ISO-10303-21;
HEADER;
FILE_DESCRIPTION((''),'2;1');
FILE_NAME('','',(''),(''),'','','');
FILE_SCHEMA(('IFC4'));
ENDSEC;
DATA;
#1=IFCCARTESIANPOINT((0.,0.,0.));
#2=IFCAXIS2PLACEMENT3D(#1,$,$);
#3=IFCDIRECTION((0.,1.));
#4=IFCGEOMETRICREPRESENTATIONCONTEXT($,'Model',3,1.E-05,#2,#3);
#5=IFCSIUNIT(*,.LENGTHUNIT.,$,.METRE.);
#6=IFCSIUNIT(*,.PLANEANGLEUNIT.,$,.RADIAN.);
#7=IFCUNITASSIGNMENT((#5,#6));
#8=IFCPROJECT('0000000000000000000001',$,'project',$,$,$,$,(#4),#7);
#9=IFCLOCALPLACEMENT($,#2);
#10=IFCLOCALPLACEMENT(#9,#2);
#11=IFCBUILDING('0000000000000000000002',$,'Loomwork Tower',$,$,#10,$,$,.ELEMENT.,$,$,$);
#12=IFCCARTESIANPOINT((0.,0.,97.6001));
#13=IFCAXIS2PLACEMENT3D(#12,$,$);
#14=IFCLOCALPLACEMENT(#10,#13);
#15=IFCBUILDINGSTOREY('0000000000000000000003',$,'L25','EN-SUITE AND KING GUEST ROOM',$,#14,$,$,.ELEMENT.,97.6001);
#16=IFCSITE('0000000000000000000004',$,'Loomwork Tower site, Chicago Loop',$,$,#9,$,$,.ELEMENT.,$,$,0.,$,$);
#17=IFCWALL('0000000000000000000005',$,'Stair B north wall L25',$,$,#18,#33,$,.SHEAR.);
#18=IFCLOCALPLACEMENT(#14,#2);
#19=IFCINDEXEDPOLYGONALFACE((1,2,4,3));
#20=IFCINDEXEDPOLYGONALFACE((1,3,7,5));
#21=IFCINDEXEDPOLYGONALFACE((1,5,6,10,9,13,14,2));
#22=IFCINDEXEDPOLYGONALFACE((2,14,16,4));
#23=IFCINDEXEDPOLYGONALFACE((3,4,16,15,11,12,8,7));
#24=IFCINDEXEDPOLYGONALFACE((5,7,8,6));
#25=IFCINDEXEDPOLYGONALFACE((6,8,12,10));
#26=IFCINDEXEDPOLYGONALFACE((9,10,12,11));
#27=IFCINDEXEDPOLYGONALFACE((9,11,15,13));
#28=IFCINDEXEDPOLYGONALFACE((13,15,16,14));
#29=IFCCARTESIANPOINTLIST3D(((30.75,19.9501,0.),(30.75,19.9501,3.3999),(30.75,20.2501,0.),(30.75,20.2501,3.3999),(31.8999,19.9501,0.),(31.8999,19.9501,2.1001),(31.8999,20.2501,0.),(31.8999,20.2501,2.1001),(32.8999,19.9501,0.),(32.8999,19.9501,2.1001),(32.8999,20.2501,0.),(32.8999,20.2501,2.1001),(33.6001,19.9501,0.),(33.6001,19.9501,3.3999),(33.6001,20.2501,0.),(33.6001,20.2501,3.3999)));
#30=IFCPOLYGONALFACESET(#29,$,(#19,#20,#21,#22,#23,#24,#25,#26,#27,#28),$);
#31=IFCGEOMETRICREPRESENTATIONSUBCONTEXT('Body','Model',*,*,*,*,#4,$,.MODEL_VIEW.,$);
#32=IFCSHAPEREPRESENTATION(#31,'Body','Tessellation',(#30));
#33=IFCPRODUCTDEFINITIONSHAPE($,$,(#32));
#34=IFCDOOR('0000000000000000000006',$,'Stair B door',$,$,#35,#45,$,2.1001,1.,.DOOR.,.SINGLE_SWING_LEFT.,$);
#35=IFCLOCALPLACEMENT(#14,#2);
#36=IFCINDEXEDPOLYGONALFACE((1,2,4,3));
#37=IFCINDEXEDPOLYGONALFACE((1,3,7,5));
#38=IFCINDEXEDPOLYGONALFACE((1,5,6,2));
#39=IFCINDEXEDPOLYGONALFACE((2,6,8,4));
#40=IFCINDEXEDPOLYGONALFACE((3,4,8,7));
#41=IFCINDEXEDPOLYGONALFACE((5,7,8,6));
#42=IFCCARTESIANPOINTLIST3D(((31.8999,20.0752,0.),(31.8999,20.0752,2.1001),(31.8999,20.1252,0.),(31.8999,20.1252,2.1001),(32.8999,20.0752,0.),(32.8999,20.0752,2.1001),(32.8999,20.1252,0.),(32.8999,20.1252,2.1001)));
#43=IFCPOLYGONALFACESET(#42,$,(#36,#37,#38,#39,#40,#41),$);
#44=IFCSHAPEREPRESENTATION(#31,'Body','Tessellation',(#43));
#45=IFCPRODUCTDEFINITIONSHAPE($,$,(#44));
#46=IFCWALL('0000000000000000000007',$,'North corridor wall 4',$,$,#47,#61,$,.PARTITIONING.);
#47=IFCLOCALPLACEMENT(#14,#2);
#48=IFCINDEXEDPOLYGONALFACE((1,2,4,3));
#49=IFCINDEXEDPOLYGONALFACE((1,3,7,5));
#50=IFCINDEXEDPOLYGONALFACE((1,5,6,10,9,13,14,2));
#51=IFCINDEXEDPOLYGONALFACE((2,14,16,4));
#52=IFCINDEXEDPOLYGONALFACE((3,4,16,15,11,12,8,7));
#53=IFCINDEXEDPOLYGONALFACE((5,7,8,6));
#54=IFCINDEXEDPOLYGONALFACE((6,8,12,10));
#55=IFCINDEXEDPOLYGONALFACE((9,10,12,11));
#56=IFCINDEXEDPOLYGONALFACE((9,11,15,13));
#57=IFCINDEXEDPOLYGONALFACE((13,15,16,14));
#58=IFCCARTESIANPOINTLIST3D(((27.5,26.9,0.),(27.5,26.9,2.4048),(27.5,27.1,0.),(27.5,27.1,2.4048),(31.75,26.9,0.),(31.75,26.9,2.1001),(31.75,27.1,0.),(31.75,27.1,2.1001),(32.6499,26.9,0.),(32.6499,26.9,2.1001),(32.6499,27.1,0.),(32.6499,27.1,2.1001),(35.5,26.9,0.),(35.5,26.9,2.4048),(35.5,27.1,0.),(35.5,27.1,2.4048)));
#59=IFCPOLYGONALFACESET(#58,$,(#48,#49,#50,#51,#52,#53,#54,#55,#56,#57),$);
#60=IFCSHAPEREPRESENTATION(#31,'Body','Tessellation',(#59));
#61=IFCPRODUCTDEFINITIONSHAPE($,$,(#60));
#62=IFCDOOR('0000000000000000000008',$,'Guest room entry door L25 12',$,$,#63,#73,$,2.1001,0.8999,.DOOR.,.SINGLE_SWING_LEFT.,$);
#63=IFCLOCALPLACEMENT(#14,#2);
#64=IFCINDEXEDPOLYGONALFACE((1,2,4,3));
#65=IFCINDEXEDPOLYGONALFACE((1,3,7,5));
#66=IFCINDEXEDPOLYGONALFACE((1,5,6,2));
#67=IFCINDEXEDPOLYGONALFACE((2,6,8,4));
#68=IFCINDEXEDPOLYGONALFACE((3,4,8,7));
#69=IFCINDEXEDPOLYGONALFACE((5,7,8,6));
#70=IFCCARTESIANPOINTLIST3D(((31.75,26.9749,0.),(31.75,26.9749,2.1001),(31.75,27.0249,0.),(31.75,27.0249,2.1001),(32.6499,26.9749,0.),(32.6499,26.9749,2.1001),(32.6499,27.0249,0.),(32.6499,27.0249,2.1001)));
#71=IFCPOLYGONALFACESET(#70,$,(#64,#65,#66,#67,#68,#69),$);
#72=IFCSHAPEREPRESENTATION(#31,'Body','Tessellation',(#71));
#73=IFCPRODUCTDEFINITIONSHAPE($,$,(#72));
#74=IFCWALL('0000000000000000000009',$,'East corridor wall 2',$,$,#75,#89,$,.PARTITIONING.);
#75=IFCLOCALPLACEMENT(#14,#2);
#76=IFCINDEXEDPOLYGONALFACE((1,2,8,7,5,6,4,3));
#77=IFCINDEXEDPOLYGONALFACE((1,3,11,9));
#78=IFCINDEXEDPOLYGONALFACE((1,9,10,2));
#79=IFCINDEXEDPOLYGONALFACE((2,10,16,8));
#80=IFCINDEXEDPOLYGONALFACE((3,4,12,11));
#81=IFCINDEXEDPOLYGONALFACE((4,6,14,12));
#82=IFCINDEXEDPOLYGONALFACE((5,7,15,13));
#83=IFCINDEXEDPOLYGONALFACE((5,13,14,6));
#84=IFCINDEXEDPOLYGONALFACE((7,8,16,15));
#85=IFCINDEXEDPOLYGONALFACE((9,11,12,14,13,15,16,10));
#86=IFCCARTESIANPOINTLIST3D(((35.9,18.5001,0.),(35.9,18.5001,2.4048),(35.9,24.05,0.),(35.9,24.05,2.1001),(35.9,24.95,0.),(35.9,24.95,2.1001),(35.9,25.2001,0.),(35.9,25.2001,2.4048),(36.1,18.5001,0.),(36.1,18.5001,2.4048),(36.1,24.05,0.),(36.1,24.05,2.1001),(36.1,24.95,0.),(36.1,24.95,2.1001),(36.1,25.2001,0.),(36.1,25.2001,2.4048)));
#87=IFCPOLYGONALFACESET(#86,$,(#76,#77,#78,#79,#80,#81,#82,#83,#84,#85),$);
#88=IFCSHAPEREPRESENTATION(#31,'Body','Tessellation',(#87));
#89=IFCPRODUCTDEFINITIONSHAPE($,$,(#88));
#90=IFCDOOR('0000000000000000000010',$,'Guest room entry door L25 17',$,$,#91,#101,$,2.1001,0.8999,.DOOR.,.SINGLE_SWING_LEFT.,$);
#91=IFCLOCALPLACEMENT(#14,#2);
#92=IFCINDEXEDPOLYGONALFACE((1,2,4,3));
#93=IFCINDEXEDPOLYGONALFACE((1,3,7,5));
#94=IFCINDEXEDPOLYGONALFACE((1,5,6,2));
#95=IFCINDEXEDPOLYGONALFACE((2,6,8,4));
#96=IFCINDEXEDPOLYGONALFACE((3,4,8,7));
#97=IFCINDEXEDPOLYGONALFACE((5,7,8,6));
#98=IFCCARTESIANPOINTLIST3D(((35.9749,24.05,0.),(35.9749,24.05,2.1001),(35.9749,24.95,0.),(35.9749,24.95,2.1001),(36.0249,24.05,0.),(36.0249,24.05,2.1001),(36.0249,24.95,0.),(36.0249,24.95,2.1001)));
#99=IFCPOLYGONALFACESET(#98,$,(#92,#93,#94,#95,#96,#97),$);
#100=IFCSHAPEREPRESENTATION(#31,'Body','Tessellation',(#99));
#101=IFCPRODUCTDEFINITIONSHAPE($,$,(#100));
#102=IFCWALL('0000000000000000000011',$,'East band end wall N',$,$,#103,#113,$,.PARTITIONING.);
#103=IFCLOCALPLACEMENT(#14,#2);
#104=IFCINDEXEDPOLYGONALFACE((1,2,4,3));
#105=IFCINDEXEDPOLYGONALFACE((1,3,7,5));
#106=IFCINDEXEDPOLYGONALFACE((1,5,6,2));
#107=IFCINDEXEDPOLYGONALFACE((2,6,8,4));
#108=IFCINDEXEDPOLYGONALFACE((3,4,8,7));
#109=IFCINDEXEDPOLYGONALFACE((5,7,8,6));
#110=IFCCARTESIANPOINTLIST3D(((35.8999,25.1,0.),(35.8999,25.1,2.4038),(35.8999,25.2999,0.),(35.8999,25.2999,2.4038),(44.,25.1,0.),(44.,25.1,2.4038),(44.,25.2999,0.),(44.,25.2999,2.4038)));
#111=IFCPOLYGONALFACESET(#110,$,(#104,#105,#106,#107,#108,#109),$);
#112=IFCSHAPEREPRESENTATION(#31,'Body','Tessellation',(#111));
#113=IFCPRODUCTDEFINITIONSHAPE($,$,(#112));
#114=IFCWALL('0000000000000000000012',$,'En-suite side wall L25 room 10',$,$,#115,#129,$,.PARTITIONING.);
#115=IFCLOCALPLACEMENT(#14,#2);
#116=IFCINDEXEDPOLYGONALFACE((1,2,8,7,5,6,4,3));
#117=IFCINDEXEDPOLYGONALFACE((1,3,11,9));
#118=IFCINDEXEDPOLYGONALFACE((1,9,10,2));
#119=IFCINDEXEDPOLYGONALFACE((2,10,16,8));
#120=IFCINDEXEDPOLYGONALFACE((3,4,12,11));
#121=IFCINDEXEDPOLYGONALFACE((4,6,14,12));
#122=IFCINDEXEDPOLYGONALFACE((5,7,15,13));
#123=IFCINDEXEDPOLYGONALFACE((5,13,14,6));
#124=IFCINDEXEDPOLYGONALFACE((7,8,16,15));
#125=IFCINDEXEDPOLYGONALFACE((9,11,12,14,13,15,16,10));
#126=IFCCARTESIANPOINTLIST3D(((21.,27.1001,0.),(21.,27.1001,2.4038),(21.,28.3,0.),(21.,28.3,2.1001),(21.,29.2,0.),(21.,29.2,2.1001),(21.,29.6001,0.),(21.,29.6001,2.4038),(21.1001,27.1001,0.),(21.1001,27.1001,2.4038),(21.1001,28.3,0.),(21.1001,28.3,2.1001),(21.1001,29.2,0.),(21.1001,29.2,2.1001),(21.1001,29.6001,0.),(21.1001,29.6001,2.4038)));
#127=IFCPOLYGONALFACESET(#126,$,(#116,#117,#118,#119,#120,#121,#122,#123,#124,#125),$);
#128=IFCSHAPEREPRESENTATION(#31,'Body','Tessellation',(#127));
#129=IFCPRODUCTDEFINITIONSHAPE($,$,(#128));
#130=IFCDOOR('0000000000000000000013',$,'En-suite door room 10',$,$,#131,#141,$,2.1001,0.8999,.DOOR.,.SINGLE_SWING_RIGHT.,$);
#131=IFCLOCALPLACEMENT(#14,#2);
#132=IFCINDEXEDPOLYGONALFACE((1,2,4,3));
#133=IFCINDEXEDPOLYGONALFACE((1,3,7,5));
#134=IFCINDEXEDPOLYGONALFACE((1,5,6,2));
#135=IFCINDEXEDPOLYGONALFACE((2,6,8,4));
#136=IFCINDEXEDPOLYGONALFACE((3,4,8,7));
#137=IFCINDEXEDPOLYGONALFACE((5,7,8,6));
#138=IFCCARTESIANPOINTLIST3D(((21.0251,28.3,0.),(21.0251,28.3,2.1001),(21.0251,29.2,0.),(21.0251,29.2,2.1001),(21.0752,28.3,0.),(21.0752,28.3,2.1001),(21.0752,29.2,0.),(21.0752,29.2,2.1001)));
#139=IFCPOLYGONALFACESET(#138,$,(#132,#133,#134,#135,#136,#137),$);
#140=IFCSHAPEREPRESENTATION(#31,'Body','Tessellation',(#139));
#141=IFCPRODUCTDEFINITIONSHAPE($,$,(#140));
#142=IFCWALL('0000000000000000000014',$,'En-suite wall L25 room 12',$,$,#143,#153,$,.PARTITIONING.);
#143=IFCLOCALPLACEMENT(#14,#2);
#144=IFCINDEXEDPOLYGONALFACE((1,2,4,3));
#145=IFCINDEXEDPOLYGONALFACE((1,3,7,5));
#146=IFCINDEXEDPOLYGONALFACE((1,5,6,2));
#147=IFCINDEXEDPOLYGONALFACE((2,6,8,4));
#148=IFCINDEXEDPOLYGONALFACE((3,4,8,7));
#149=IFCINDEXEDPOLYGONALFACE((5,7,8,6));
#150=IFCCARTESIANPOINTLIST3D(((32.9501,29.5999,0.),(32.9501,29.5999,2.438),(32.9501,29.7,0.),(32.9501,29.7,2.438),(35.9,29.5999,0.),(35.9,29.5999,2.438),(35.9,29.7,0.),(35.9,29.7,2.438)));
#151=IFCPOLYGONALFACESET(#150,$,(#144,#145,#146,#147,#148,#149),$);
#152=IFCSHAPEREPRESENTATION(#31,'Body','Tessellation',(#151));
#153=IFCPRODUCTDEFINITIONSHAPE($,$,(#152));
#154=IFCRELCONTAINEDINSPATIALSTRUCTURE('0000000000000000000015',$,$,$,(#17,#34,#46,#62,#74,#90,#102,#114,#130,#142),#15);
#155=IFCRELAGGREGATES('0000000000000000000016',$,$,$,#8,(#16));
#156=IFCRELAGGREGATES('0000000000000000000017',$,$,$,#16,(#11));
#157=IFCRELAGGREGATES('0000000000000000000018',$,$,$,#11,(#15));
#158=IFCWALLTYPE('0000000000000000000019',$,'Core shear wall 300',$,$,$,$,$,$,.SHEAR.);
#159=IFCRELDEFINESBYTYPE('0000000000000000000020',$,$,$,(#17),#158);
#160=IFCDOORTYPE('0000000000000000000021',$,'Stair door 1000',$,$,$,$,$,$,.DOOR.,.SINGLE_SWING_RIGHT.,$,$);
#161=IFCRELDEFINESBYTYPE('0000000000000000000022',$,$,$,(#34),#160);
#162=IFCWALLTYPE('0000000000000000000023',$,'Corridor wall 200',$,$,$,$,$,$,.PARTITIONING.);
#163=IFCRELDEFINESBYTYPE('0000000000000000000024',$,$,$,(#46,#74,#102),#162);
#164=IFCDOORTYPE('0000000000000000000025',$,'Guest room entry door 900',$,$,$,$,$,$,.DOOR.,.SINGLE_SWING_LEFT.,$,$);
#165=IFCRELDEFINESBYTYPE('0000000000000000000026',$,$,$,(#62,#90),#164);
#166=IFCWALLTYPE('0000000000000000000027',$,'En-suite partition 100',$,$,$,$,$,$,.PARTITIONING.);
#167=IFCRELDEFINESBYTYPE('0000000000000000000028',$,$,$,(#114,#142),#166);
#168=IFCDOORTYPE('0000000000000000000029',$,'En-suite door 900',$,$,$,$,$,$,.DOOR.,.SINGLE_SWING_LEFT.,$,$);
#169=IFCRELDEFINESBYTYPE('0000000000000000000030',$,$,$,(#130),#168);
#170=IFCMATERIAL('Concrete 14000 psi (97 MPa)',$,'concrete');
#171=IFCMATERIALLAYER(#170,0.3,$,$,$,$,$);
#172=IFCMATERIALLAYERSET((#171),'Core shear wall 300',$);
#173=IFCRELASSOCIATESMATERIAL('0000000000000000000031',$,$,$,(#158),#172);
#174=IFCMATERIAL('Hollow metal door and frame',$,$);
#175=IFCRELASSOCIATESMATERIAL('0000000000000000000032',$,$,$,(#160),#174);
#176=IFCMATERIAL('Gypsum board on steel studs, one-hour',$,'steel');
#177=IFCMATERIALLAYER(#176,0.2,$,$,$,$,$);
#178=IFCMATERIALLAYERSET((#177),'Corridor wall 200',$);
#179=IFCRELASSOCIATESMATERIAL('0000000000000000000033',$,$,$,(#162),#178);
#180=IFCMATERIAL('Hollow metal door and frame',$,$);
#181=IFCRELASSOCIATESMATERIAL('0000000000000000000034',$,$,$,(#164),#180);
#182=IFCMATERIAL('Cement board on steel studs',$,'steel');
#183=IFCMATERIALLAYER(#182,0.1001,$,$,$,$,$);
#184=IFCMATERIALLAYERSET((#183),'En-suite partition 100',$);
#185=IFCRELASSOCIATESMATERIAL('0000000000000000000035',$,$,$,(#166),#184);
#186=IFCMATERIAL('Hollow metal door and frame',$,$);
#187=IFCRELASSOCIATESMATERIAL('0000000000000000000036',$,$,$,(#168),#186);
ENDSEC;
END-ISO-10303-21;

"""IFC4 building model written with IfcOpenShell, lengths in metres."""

from ifc_helpers import new_model, si_unit, direction, frame, frame_2d, origin, place, context, subcontext, project, spatial, rectangle, extrude, material, layer, layer_set, type_object, element, fill, save


model = new_model("IFC4")

# Units and contexts
model_context = context("Model", 3, precision=1e-05, world=origin(), true_north=direction((0.0, 1.0)))
body_context = subcontext(model_context, "Body", "Model", "MODEL_VIEW")
ifc_project = project(units=[si_unit("LENGTHUNIT", "METRE"), si_unit("PLANEANGLEUNIT", "RADIAN")], contexts=[model_context])

# Site, building, storey
site_placement = place(None, origin())
site = spatial("IfcSite", under=ifc_project, at=site_placement, Name="Loomwork Tower site, Chicago Loop", CompositionType="ELEMENT", RefElevation=0.0)
building_placement = place(site_placement, origin())
building = spatial("IfcBuilding", under=site, at=building_placement, Name="Loomwork Tower", CompositionType="ELEMENT")
storey_placement = place(building_placement, frame((0.0, 0.0, 97.6001)))
storey = spatial("IfcBuildingStorey", under=building, at=storey_placement, Name="L25", Description="EN-SUITE AND KING GUEST ROOM", CompositionType="ELEMENT", Elevation=97.6001)

# Shared definitions
ifc_material_1 = material(Name="Concrete 14000 psi (97 MPa)", Category="concrete")
ifc_layer_1 = layer(ifc_material_1, 0.3)
ifc_layer_set_1 = layer_set([ifc_layer_1], Name="Core shear wall 300")
wall_type_1 = type_object("IfcWallType", Name="Core shear wall 300", PredefinedType="SHEAR", material=ifc_layer_set_1)

# Walls, openings, doors
wall_1_placement = place(storey_placement, frame((30.75, 20.1001, 0.0), z_axis=(0.0, 0.0, 1.0), x_axis=(1.0, 0.0, 0.0)))
wall_1 = element("IfcWall", 1, at=wall_1_placement, inside=storey, type_object=wall_type_1, Name="Stair B north wall L25", PredefinedType="SHEAR", context=body_context, shape_type="SweptSolid", body=[
    extrude(rectangle(XDim=2.8501, YDim=0.3, at=frame_2d((1.425, 0.0))), origin(), (0.0, 0.0, 1.0), 3.3999),
])
opening_1_placement = place(wall_1_placement, frame((1.1499, 0.0, 0.0)))
opening_1 = element("IfcOpeningElement", 2, at=opening_1_placement, cuts=wall_1, PredefinedType="OPENING", context=body_context, shape_type="SweptSolid", body=[
    extrude(rectangle(XDim=1.0, YDim=2.1001, at=frame_2d((0.5, 1.05))), frame((0.0, 0.1599, 0.0), z_axis=(0.0, -1.0, 0.0), x_axis=(1.0, 0.0, 0.0)), (0.0, 0.0, 1.0), 0.3201),
])
ifc_material_2 = material(Name="Hollow metal door and frame")
door_type_1 = type_object("IfcDoorType", Name="Stair door 1000", OperationType="SINGLE_SWING_RIGHT", PredefinedType="DOOR", material=ifc_material_2)
door_1_placement = place(opening_1_placement, frame((1.0, 0.0, 0.0), z_axis=(0.0, 0.0, 1.0), x_axis=(-1.0, 0.0, 0.0)))
door_1 = element("IfcDoor", 3, at=door_1_placement, inside=storey, type_object=door_type_1, Name="Stair B door", OperationType="SINGLE_SWING_LEFT", OverallHeight=2.1001, OverallWidth=1.0, PredefinedType="DOOR", context=body_context, shape_type="SweptSolid", body=[
    extrude(rectangle(XDim=1.0, YDim=2.1001, at=frame_2d((0.5, 1.05))), frame((0.0, 0.0249, 0.0), z_axis=(0.0, -1.0, 0.0), x_axis=(1.0, 0.0, 0.0)), (0.0, 0.0, 1.0), 0.05),
])
fill(opening_1, door_1)
ifc_material_3 = material(Name="Gypsum board on steel studs, one-hour", Category="steel")
ifc_layer_2 = layer(ifc_material_3, 0.2)
ifc_layer_set_2 = layer_set([ifc_layer_2], Name="Corridor wall 200")
wall_type_2 = type_object("IfcWallType", Name="Corridor wall 200", PredefinedType="PARTITIONING", material=ifc_layer_set_2)
wall_2_placement = place(storey_placement, frame((27.5, 27.0, 0.0), z_axis=(0.0, 0.0, 1.0), x_axis=(1.0, 0.0, 0.0)))
wall_2 = element("IfcWall", 4, at=wall_2_placement, inside=storey, type_object=wall_type_2, Name="North corridor wall 4", PredefinedType="PARTITIONING", context=body_context, shape_type="SweptSolid", body=[
    extrude(rectangle(XDim=8.0, YDim=0.2, at=frame_2d((4.0, 0.0))), origin(), (0.0, 0.0, 1.0), 2.4048),
])
opening_2_placement = place(wall_2_placement, frame((4.25, 0.0, 0.0)))
opening_2 = element("IfcOpeningElement", 5, at=opening_2_placement, cuts=wall_2, PredefinedType="OPENING", context=body_context, shape_type="SweptSolid", body=[
    extrude(rectangle(XDim=0.8999, YDim=2.1001, at=frame_2d((0.45, 1.05))), frame((0.0, 0.1099, 0.0), z_axis=(0.0, -1.0, 0.0), x_axis=(1.0, 0.0, 0.0)), (0.0, 0.0, 1.0), 0.22),
])
ifc_material_4 = material(Name="Hollow metal door and frame")
door_type_2 = type_object("IfcDoorType", Name="Guest room entry door 900", OperationType="SINGLE_SWING_LEFT", PredefinedType="DOOR", material=ifc_material_4)
door_2_placement = place(opening_2_placement, origin())
door_2 = element("IfcDoor", 6, at=door_2_placement, inside=storey, type_object=door_type_2, Name="Guest room entry door L25 12", OperationType="SINGLE_SWING_LEFT", OverallHeight=2.1001, OverallWidth=0.8999, PredefinedType="DOOR", context=body_context, shape_type="SweptSolid", body=[
    extrude(rectangle(XDim=0.8999, YDim=2.1001, at=frame_2d((0.45, 1.05))), frame((0.0, 0.0249, 0.0), z_axis=(0.0, -1.0, 0.0), x_axis=(1.0, 0.0, 0.0)), (0.0, 0.0, 1.0), 0.05),
])
fill(opening_2, door_2)
wall_3_placement = place(storey_placement, frame((36.0, 18.5, 0.0), z_axis=(0.0, 0.0, 1.0), x_axis=(0.0, 1.0, 0.0)))
wall_3 = element("IfcWall", 7, at=wall_3_placement, inside=storey, type_object=wall_type_2, Name="East corridor wall 2", PredefinedType="PARTITIONING", context=body_context, shape_type="SweptSolid", body=[
    extrude(rectangle(XDim=6.7, YDim=0.2, at=frame_2d((3.3501, 0.0))), origin(), (0.0, 0.0, 1.0), 2.4048),
])
opening_3_placement = place(wall_3_placement, frame((5.55, 0.0, 0.0)))
opening_3 = element("IfcOpeningElement", 8, at=opening_3_placement, cuts=wall_3, PredefinedType="OPENING", context=body_context, shape_type="SweptSolid", body=[
    extrude(rectangle(XDim=0.8999, YDim=2.1001, at=frame_2d((0.45, 1.05))), frame((0.0, 0.1099, 0.0), z_axis=(0.0, -1.0, 0.0), x_axis=(1.0, 0.0, 0.0)), (0.0, 0.0, 1.0), 0.22),
])
door_3_placement = place(opening_3_placement, frame((0.8999, 0.0, 0.0), z_axis=(0.0, 0.0, 1.0), x_axis=(-1.0, 0.0, 0.0)))
door_3 = element("IfcDoor", 9, at=door_3_placement, inside=storey, type_object=door_type_2, Name="Guest room entry door L25 17", OperationType="SINGLE_SWING_LEFT", OverallHeight=2.1001, OverallWidth=0.8999, PredefinedType="DOOR", context=body_context, shape_type="SweptSolid", body=[
    extrude(rectangle(XDim=0.8999, YDim=2.1001, at=frame_2d((0.45, 1.05))), frame((0.0, 0.0249, 0.0), z_axis=(0.0, -1.0, 0.0), x_axis=(1.0, 0.0, 0.0)), (0.0, 0.0, 1.0), 0.05),
])
fill(opening_3, door_3)

# Wall
wall_4_placement = place(storey_placement, frame((35.8999, 25.2, 0.0), z_axis=(0.0, 0.0, 1.0), x_axis=(1.0, 0.0, 0.0)))
element("IfcWall", 10, at=wall_4_placement, inside=storey, type_object=wall_type_2, Name="East band end wall N", PredefinedType="PARTITIONING", context=body_context, shape_type="SweptSolid", body=[
    extrude(rectangle(XDim=8.1001, YDim=0.2, at=frame_2d((4.05, 0.0))), origin(), (0.0, 0.0, 1.0), 2.4038),
])

# Wall, opening, door
ifc_material_5 = material(Name="Cement board on steel studs", Category="steel")
ifc_layer_3 = layer(ifc_material_5, 0.1001)
ifc_layer_set_3 = layer_set([ifc_layer_3], Name="En-suite partition 100")
wall_type_3 = type_object("IfcWallType", Name="En-suite partition 100", PredefinedType="PARTITIONING", material=ifc_layer_set_3)
wall_5_placement = place(storey_placement, frame((21.05, 27.1001, 0.0), z_axis=(0.0, 0.0, 1.0), x_axis=(0.0, 1.0, 0.0)))
wall_5 = element("IfcWall", 11, at=wall_5_placement, inside=storey, type_object=wall_type_3, Name="En-suite side wall L25 room 10", PredefinedType="PARTITIONING", context=body_context, shape_type="SweptSolid", body=[
    extrude(rectangle(XDim=2.5, YDim=0.1001, at=frame_2d((1.25, 0.0))), origin(), (0.0, 0.0, 1.0), 2.4038),
])
opening_4_placement = place(wall_5_placement, frame((1.2, 0.0, 0.0)))
opening_4 = element("IfcOpeningElement", 12, at=opening_4_placement, cuts=wall_5, PredefinedType="OPENING", context=body_context, shape_type="SweptSolid", body=[
    extrude(rectangle(XDim=0.8999, YDim=2.1001, at=frame_2d((0.45, 1.05))), frame((0.0, 0.0601, 0.0), z_axis=(0.0, -1.0, 0.0), x_axis=(1.0, 0.0, 0.0)), (0.0, 0.0, 1.0), 0.1201),
])
ifc_material_6 = material(Name="Hollow metal door and frame")
door_type_3 = type_object("IfcDoorType", Name="En-suite door 900", OperationType="SINGLE_SWING_LEFT", PredefinedType="DOOR", material=ifc_material_6)
door_4_placement = place(opening_4_placement, origin())
door_4 = element("IfcDoor", 13, at=door_4_placement, inside=storey, type_object=door_type_3, Name="En-suite door room 10", OperationType="SINGLE_SWING_RIGHT", OverallHeight=2.1001, OverallWidth=0.8999, PredefinedType="DOOR", context=body_context, shape_type="SweptSolid", body=[
    extrude(rectangle(XDim=0.8999, YDim=2.1001, at=frame_2d((0.45, 1.05))), frame((0.0, 0.0249, 0.0), z_axis=(0.0, -1.0, 0.0), x_axis=(1.0, 0.0, 0.0)), (0.0, 0.0, 1.0), 0.05),
])
fill(opening_4, door_4)

# Wall
wall_6_placement = place(storey_placement, frame((32.95, 29.6499, 0.0), z_axis=(0.0, 0.0, 1.0), x_axis=(1.0, 0.0, 0.0)))
element("IfcWall", 14, at=wall_6_placement, inside=storey, type_object=wall_type_3, Name="En-suite wall L25 room 12", PredefinedType="PARTITIONING", context=body_context, shape_type="SweptSolid", body=[
    extrude(rectangle(XDim=2.95, YDim=0.1001, at=frame_2d((1.4751, 0.0))), origin(), (0.0, 0.0, 1.0), 2.438),
])

save(model, "model.ifc")
